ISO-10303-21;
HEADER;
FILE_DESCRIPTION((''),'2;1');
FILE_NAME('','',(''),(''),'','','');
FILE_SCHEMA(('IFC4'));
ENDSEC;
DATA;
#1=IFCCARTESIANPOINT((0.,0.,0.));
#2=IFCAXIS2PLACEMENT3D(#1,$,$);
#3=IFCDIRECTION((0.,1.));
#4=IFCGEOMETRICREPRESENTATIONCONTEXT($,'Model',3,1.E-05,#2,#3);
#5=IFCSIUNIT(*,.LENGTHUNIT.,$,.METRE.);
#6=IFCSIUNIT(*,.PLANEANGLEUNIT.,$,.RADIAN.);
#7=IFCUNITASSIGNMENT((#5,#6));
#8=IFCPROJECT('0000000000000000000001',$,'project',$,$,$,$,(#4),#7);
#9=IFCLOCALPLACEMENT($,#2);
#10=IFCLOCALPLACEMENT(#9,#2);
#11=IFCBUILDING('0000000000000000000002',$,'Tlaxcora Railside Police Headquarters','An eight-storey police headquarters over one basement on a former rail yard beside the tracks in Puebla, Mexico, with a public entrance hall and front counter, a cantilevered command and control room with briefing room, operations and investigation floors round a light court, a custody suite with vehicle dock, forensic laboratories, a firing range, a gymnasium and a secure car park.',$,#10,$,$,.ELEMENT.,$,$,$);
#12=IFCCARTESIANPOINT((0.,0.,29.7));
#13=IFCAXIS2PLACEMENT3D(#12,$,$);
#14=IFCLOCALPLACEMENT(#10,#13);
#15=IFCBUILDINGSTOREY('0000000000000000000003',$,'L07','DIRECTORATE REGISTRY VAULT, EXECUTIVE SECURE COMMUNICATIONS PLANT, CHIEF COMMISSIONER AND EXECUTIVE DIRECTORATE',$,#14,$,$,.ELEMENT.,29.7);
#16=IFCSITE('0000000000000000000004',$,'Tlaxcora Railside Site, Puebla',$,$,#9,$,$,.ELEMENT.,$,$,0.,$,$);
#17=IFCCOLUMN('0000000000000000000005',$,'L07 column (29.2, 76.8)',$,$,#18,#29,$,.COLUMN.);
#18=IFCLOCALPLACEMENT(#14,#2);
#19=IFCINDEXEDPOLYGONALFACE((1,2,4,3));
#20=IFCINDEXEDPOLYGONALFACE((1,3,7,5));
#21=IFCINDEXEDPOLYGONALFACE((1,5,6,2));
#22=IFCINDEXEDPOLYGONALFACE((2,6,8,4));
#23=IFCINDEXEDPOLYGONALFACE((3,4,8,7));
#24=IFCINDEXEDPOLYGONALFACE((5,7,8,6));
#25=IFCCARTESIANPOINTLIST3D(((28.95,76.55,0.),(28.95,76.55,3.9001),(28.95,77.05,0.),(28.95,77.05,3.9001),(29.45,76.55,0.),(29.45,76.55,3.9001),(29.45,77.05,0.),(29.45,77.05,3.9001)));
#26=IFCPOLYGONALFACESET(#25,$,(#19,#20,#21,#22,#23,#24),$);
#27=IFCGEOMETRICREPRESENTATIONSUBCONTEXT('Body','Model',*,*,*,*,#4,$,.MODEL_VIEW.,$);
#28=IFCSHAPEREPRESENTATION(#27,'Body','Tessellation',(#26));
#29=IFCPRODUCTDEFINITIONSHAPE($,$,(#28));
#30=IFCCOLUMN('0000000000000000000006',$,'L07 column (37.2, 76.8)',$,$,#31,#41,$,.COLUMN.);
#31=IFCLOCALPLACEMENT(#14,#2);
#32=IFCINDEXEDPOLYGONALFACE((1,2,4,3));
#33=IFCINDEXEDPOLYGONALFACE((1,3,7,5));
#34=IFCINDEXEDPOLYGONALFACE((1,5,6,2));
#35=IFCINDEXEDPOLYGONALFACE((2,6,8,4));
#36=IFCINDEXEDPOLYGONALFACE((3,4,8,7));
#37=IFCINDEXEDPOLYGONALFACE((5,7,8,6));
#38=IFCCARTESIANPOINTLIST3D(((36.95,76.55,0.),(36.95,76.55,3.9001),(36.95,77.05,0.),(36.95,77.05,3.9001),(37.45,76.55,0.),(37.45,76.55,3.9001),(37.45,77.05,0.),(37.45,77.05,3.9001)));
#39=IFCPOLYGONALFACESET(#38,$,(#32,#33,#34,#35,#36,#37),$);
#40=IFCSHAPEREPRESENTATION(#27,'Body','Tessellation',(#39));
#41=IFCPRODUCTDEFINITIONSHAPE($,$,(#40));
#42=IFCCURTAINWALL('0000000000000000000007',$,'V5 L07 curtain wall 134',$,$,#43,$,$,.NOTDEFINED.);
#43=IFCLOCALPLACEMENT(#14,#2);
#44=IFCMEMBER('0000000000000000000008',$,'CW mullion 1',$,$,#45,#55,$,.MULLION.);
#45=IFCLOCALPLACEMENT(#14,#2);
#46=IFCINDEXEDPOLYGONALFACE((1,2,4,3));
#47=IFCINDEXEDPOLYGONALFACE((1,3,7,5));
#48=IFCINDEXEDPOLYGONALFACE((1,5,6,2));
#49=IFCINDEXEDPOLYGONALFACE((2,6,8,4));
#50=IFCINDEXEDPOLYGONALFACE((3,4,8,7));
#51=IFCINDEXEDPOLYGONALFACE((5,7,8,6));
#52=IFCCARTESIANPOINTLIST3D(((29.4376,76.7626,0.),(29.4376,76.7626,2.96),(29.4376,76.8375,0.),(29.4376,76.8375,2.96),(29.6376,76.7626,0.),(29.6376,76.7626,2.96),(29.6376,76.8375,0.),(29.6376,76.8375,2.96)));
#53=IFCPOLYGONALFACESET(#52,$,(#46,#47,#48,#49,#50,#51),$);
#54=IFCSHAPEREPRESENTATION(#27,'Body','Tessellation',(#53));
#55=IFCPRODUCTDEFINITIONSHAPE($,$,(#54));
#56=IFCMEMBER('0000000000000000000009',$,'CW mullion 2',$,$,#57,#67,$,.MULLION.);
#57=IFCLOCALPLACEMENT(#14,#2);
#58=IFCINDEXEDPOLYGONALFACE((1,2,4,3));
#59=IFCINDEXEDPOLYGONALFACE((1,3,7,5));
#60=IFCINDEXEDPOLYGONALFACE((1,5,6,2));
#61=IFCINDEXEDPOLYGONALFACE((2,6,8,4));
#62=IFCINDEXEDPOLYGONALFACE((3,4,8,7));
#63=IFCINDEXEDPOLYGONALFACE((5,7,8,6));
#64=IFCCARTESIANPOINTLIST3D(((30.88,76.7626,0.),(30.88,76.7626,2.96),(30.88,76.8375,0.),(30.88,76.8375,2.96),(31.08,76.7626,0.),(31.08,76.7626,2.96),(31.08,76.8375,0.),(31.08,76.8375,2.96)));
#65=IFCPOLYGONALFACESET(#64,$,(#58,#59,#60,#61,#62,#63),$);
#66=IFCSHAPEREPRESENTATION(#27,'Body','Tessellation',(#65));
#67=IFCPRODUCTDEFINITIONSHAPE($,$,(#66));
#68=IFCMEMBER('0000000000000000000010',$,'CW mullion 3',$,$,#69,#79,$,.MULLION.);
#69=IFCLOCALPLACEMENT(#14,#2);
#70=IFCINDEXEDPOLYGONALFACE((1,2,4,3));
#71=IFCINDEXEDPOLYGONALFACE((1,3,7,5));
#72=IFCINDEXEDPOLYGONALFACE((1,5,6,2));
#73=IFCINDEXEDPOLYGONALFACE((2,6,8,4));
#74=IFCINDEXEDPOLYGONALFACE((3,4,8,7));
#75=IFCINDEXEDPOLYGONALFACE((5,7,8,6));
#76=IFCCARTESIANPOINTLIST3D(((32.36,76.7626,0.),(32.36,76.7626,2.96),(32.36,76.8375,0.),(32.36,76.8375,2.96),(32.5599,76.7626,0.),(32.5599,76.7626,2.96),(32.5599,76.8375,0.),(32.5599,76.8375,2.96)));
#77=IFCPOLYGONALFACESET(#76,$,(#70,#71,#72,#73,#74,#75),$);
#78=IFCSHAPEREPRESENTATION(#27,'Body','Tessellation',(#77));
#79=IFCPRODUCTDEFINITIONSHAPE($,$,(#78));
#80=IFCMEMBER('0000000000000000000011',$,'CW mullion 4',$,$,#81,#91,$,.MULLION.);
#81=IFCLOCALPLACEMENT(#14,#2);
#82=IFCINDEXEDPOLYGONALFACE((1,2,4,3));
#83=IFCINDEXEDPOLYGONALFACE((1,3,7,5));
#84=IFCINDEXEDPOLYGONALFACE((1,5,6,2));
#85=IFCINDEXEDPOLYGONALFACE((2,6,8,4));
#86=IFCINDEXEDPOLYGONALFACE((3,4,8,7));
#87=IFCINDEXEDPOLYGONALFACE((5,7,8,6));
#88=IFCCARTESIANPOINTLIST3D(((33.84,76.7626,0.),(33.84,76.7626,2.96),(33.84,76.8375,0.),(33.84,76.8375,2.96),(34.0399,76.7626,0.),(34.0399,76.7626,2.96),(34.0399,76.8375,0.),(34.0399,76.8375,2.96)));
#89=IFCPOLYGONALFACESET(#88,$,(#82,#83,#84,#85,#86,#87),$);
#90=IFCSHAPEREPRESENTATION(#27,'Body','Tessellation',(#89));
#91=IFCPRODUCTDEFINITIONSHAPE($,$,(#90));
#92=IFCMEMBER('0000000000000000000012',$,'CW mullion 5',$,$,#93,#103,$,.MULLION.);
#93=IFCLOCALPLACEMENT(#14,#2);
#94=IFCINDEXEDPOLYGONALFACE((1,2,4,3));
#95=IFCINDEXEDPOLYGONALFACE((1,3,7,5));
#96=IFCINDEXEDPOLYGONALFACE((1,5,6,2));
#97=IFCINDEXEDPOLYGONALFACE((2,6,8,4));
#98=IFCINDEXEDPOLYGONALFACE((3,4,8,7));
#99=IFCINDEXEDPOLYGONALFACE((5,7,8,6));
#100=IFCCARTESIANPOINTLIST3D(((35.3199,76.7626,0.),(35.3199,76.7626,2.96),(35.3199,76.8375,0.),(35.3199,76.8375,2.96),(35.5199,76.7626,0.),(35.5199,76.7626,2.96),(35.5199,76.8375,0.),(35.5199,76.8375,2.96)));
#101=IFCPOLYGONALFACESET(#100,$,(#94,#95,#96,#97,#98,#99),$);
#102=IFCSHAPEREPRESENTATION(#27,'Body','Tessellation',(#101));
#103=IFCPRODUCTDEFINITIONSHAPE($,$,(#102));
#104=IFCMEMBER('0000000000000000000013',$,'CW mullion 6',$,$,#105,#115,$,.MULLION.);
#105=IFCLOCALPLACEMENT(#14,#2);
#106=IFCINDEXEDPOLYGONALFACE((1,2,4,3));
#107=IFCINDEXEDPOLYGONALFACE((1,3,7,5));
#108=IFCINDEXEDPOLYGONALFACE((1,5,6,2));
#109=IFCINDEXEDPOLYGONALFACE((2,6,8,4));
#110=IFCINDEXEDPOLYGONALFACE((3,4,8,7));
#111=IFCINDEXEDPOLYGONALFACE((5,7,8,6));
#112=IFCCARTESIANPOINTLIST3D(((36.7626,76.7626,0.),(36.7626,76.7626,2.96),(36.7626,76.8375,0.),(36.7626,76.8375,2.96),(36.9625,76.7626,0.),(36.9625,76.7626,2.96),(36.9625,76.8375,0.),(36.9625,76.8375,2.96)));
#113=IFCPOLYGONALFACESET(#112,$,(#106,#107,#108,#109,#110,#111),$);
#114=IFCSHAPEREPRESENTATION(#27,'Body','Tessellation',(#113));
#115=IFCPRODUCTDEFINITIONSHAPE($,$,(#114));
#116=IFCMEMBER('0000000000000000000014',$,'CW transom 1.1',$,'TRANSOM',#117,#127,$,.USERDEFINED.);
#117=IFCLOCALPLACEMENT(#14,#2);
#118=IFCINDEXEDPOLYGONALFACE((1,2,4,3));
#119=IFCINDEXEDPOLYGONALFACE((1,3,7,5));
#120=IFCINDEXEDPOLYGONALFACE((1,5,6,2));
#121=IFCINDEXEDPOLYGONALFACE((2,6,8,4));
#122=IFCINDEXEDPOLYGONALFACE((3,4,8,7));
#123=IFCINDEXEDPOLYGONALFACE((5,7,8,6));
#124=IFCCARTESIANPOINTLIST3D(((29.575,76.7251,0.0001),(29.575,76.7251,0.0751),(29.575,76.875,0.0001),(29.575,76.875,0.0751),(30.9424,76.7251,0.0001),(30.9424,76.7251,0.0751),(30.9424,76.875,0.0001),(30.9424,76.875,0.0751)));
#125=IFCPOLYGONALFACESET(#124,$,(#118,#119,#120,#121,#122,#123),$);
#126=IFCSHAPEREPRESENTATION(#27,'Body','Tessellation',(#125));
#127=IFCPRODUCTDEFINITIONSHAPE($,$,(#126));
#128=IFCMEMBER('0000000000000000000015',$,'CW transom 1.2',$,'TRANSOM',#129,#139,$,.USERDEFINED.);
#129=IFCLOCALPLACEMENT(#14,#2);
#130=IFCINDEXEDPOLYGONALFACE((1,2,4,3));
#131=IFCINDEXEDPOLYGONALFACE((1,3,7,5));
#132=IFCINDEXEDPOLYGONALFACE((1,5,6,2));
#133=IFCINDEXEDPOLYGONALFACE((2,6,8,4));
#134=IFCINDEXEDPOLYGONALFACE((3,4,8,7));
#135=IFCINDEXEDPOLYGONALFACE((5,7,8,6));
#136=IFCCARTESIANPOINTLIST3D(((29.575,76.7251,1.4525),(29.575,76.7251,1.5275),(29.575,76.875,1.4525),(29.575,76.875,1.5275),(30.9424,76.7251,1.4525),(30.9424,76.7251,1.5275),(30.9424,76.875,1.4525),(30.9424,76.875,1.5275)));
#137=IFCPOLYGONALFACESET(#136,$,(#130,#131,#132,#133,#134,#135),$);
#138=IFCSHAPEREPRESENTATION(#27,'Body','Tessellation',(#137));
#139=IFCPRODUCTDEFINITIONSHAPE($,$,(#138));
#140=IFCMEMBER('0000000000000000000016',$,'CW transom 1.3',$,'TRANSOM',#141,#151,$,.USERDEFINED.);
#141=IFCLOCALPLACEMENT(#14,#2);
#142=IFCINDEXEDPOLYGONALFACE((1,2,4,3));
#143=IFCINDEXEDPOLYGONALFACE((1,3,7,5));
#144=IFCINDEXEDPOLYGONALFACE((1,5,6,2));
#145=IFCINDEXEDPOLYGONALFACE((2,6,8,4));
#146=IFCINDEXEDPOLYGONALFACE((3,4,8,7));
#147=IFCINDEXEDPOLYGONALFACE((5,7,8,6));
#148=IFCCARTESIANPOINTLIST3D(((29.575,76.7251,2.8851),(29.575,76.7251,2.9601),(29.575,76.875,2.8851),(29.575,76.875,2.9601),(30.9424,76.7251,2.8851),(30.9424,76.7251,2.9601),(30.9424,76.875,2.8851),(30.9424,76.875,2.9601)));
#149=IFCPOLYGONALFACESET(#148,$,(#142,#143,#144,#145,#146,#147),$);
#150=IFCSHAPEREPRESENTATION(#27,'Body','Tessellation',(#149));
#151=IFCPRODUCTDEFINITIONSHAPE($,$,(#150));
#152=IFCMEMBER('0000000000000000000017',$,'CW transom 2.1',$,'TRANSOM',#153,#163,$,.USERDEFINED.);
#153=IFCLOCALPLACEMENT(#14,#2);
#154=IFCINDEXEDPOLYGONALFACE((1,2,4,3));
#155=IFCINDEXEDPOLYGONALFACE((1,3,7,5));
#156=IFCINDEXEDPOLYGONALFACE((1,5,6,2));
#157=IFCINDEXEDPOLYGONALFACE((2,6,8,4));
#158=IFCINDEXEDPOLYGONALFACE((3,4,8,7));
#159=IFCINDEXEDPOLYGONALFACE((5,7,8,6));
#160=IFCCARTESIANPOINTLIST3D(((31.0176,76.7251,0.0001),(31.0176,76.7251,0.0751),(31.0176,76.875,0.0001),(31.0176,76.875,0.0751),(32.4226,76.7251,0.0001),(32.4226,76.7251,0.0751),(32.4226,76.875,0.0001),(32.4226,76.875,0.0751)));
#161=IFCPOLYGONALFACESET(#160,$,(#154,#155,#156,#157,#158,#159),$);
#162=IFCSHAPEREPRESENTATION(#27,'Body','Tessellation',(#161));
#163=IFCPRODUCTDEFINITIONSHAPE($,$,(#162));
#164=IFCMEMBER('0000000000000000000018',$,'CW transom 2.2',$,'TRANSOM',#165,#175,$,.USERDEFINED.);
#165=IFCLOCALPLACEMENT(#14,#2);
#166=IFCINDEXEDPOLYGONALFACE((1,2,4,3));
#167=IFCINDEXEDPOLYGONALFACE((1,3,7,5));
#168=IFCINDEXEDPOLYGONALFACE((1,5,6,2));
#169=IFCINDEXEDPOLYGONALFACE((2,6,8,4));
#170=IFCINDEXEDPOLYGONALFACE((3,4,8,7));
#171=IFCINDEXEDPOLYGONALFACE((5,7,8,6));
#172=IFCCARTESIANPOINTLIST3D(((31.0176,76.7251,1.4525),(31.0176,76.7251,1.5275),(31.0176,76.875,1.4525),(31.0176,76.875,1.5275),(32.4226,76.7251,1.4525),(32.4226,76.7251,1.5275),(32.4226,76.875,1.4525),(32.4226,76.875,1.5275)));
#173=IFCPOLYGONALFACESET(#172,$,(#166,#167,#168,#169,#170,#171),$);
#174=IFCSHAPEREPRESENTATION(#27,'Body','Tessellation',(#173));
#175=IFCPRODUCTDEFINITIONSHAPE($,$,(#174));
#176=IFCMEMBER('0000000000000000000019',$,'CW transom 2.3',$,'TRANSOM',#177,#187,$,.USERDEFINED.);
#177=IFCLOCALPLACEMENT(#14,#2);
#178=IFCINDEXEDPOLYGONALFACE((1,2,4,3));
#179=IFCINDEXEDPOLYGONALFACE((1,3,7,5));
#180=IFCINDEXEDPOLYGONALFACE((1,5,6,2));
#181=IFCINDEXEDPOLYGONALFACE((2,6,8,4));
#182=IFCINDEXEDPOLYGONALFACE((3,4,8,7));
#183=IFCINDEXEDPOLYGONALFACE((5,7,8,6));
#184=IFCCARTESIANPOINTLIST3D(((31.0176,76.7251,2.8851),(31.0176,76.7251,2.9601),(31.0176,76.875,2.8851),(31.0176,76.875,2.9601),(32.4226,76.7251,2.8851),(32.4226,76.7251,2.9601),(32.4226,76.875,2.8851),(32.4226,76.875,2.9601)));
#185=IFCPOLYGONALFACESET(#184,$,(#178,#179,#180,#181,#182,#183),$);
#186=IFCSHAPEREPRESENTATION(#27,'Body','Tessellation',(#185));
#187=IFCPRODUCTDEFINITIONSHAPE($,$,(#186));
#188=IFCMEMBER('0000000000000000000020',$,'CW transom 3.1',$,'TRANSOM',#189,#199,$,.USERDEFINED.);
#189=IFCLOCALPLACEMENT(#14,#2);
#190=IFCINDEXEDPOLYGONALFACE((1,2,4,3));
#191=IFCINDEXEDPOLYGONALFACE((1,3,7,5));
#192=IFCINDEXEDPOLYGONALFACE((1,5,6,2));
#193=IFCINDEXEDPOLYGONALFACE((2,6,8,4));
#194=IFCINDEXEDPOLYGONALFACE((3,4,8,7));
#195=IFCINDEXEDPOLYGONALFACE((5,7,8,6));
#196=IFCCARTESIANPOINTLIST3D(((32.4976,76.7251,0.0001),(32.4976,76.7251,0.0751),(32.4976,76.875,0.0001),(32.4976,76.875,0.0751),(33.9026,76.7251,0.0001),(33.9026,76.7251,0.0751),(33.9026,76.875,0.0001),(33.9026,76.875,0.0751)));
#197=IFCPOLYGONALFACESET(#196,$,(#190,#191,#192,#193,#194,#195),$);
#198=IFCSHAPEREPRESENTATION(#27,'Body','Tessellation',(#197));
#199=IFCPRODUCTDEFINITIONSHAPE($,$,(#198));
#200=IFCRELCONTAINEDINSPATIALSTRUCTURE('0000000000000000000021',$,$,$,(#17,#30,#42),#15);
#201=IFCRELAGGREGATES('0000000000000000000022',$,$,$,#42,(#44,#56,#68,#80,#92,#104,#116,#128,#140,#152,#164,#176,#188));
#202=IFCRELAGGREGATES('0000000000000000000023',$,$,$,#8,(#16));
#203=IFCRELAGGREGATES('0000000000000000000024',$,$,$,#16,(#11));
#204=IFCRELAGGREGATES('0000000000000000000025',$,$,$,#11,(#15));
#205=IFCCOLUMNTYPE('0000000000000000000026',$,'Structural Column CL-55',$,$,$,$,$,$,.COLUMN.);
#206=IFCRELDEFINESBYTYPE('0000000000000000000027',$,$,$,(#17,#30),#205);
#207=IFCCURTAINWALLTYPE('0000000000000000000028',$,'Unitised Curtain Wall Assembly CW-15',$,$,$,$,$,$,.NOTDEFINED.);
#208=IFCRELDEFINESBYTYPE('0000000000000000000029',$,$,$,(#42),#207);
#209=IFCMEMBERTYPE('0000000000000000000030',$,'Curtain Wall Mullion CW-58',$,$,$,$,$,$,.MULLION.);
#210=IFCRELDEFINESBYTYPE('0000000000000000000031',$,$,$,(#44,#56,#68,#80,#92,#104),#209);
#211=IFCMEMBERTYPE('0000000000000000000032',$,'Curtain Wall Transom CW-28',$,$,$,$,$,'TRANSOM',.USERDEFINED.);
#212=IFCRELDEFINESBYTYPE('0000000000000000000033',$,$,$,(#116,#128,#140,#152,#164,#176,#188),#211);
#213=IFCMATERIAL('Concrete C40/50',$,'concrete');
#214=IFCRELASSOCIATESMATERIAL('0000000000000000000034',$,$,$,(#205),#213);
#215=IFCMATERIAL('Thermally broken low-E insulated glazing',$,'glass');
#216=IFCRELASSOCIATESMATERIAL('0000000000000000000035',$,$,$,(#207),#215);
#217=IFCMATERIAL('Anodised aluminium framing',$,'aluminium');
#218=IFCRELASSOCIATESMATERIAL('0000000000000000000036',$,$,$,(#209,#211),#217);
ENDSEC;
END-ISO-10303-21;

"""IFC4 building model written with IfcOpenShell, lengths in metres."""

from ifc_helpers import new_model, si_unit, direction, frame, origin, origin_2d, place, context, subcontext, project, spatial, rectangle, extrude, material, material_profile, profile_set, type_object, element, aggregate, save


model = new_model("IFC4")

# Units and contexts
model_context = context("Model", 3, precision=1e-05, world=origin(), true_north=direction((0.0, 1.0)))
body_context = subcontext(model_context, "Body", "Model", "MODEL_VIEW")
ifc_project = project(units=[si_unit("LENGTHUNIT", "METRE"), si_unit("PLANEANGLEUNIT", "RADIAN")], contexts=[model_context])

# Site, building, storey
site_placement = place(None, origin())
site = spatial("IfcSite", under=ifc_project, at=site_placement, Name="Tlaxcora Railside Site, Puebla", CompositionType="ELEMENT", RefElevation=0.0)
building_placement = place(site_placement, origin())
building = spatial("IfcBuilding", under=site, at=building_placement, Name="Tlaxcora Railside Police Headquarters", Description="An eight-storey police headquarters over one basement on a former rail yard beside the tracks in Puebla, Mexico, with a public entrance hall and front counter, a cantilevered command and control room with briefing room, operations and investigation floors round a light court, a custody suite with vehicle dock, forensic laboratories, a firing range, a gymnasium and a secure car park.", CompositionType="ELEMENT")
storey_placement = place(building_placement, frame((0.0, 0.0, 29.7)))
storey = spatial("IfcBuildingStorey", under=building, at=storey_placement, Name="L07", Description="DIRECTORATE REGISTRY VAULT, EXECUTIVE SECURE COMMUNICATIONS PLANT, CHIEF COMMISSIONER AND EXECUTIVE DIRECTORATE", CompositionType="ELEMENT", Elevation=29.7)

# Columns
ifc_material_1 = material(Name="Concrete C40/50", Category="concrete")
ifc_material_profile_1 = material_profile(ifc_material_1, rectangle(XDim=0.5, YDim=0.5, at=origin_2d()), Name="RC500X500")
ifc_profile_set_1 = profile_set([ifc_material_profile_1], Name="Concrete C40/50")
column_type = type_object("IfcColumnType", Name="Structural Column CL-55", PredefinedType="COLUMN", material=ifc_profile_set_1)
for number, where, z_axis, x_axis, name in (
    (1, (29.2, 76.8, 0.0), (0.0, 0.0, 1.0), (1.0, 0.0, 0.0), "L07 column (29.2, 76.8)"),
    (2, (37.2, 76.8, 0.0), (0.0, 0.0, 1.0), (1.0, 0.0, 0.0), "L07 column (37.2, 76.8)"),
):
    element("IfcColumn", number, at=place(storey_placement, frame(where, z_axis=z_axis, x_axis=x_axis)), inside=storey, type_object=column_type, Name=name, PredefinedType="COLUMN", context=body_context, shape_type="SweptSolid", body=[
        extrude(rectangle(XDim=0.5, YDim=0.5, at=origin_2d()), origin(), (0.0, 0.0, 1.0), 3.9001),
    ])

# Curtain wall, members
ifc_material_2 = material(Name="Thermally broken low-E insulated glazing", Category="glass")
curtain_wall_type = type_object("IfcCurtainWallType", Name="Unitised Curtain Wall Assembly CW-15", PredefinedType="NOTDEFINED", material=ifc_material_2)
curtain_wall_placement = place(storey_placement, origin())
curtain_wall = element("IfcCurtainWall", 3, at=curtain_wall_placement, inside=storey, type_object=curtain_wall_type, Name="V5 L07 curtain wall 134", PredefinedType="NOTDEFINED")
ifc_material_3 = material(Name="Anodised aluminium framing", Category="aluminium")
ifc_material_profile_2 = material_profile(ifc_material_3, rectangle(XDim=0.075, YDim=0.2, at=origin_2d()), Name="AL75X200")
ifc_profile_set_2 = profile_set([ifc_material_profile_2], Name="Anodised aluminium framing")
member_type_1 = type_object("IfcMemberType", Name="Curtain Wall Mullion CW-58", PredefinedType="MULLION", material=ifc_profile_set_2)
member_1_placement = place(storey_placement, frame((29.5376, 76.8, 0.0), z_axis=(0.0, 0.0, 1.0), x_axis=(0.0, 1.0, 0.0)))
member_1 = element("IfcMember", 4, at=member_1_placement, type_object=member_type_1, Name="CW mullion 1", PredefinedType="MULLION", context=body_context, shape_type="SweptSolid", body=[
    extrude(rectangle(XDim=0.075, YDim=0.2, at=origin_2d()), origin(), (0.0, 0.0, 1.0), 2.96),
])
member_2_placement = place(storey_placement, frame((30.98, 76.8, 0.0), z_axis=(0.0, 0.0, 1.0), x_axis=(0.0, 1.0, 0.0)))
member_2 = element("IfcMember", 5, at=member_2_placement, type_object=member_type_1, Name="CW mullion 2", PredefinedType="MULLION", context=body_context, shape_type="SweptSolid", body=[
    extrude(rectangle(XDim=0.075, YDim=0.2, at=origin_2d()), origin(), (0.0, 0.0, 1.0), 2.96),
])
member_3_placement = place(storey_placement, frame((32.46, 76.8, 0.0), z_axis=(0.0, 0.0, 1.0), x_axis=(0.0, 1.0, 0.0)))
member_3 = element("IfcMember", 6, at=member_3_placement, type_object=member_type_1, Name="CW mullion 3", PredefinedType="MULLION", context=body_context, shape_type="SweptSolid", body=[
    extrude(rectangle(XDim=0.075, YDim=0.2, at=origin_2d()), origin(), (0.0, 0.0, 1.0), 2.96),
])
member_4_placement = place(storey_placement, frame((33.9399, 76.8, 0.0), z_axis=(0.0, 0.0, 1.0), x_axis=(0.0, 1.0, 0.0)))
member_4 = element("IfcMember", 7, at=member_4_placement, type_object=member_type_1, Name="CW mullion 4", PredefinedType="MULLION", context=body_context, shape_type="SweptSolid", body=[
    extrude(rectangle(XDim=0.075, YDim=0.2, at=origin_2d()), origin(), (0.0, 0.0, 1.0), 2.96),
])
member_5_placement = place(storey_placement, frame((35.4199, 76.8, 0.0), z_axis=(0.0, 0.0, 1.0), x_axis=(0.0, 1.0, 0.0)))
member_5 = element("IfcMember", 8, at=member_5_placement, type_object=member_type_1, Name="CW mullion 5", PredefinedType="MULLION", context=body_context, shape_type="SweptSolid", body=[
    extrude(rectangle(XDim=0.075, YDim=0.2, at=origin_2d()), origin(), (0.0, 0.0, 1.0), 2.96),
])
member_6_placement = place(storey_placement, frame((36.8625, 76.8, 0.0), z_axis=(0.0, 0.0, 1.0), x_axis=(0.0, 1.0, 0.0)))
member_6 = element("IfcMember", 9, at=member_6_placement, type_object=member_type_1, Name="CW mullion 6", PredefinedType="MULLION", context=body_context, shape_type="SweptSolid", body=[
    extrude(rectangle(XDim=0.075, YDim=0.2, at=origin_2d()), origin(), (0.0, 0.0, 1.0), 2.96),
])
ifc_material_profile_3 = material_profile(ifc_material_3, rectangle(XDim=0.1499, YDim=0.075, at=origin_2d()), Name="AL75X150")
ifc_profile_set_3 = profile_set([ifc_material_profile_3], Name="Anodised aluminium framing")
member_type_2 = type_object("IfcMemberType", Name="Curtain Wall Transom CW-28", ElementType="TRANSOM", PredefinedType="USERDEFINED", material=ifc_profile_set_3)
member_7_placement = place(storey_placement, frame((29.575, 76.8, 0.0376), z_axis=(1.0, 0.0, 0.0), x_axis=(0.0, 1.0, 0.0)))
member_7 = element("IfcMember", 10, at=member_7_placement, type_object=member_type_2, Name="CW transom 1.1", ObjectType="TRANSOM", PredefinedType="USERDEFINED", context=body_context, shape_type="SweptSolid", body=[
    extrude(rectangle(XDim=0.1499, YDim=0.075, at=origin_2d()), origin(), (0.0, 0.0, 1.0), 1.3674),
])
member_8_placement = place(storey_placement, frame((29.575, 76.8, 1.49), z_axis=(1.0, 0.0, 0.0), x_axis=(0.0, 1.0, 0.0)))
member_8 = element("IfcMember", 11, at=member_8_placement, type_object=member_type_2, Name="CW transom 1.2", ObjectType="TRANSOM", PredefinedType="USERDEFINED", context=body_context, shape_type="SweptSolid", body=[
    extrude(rectangle(XDim=0.1499, YDim=0.075, at=origin_2d()), origin(), (0.0, 0.0, 1.0), 1.3674),
])
member_9_placement = place(storey_placement, frame((29.575, 76.8, 2.9226), z_axis=(1.0, 0.0, 0.0), x_axis=(0.0, 1.0, 0.0)))
member_9 = element("IfcMember", 12, at=member_9_placement, type_object=member_type_2, Name="CW transom 1.3", ObjectType="TRANSOM", PredefinedType="USERDEFINED", context=body_context, shape_type="SweptSolid", body=[
    extrude(rectangle(XDim=0.1499, YDim=0.075, at=origin_2d()), origin(), (0.0, 0.0, 1.0), 1.3674),
])
member_10_placement = place(storey_placement, frame((31.0176, 76.8, 0.0376), z_axis=(1.0, 0.0, 0.0), x_axis=(0.0, 1.0, 0.0)))
member_10 = element("IfcMember", 13, at=member_10_placement, type_object=member_type_2, Name="CW transom 2.1", ObjectType="TRANSOM", PredefinedType="USERDEFINED", context=body_context, shape_type="SweptSolid", body=[
    extrude(rectangle(XDim=0.1499, YDim=0.075, at=origin_2d()), origin(), (0.0, 0.0, 1.0), 1.405),
])
member_11_placement = place(storey_placement, frame((31.0176, 76.8, 1.49), z_axis=(1.0, 0.0, 0.0), x_axis=(0.0, 1.0, 0.0)))
member_11 = element("IfcMember", 14, at=member_11_placement, type_object=member_type_2, Name="CW transom 2.2", ObjectType="TRANSOM", PredefinedType="USERDEFINED", context=body_context, shape_type="SweptSolid", body=[
    extrude(rectangle(XDim=0.1499, YDim=0.075, at=origin_2d()), origin(), (0.0, 0.0, 1.0), 1.405),
])
member_12_placement = place(storey_placement, frame((31.0176, 76.8, 2.9226), z_axis=(1.0, 0.0, 0.0), x_axis=(0.0, 1.0, 0.0)))
member_12 = element("IfcMember", 15, at=member_12_placement, type_object=member_type_2, Name="CW transom 2.3", ObjectType="TRANSOM", PredefinedType="USERDEFINED", context=body_context, shape_type="SweptSolid", body=[
    extrude(rectangle(XDim=0.1499, YDim=0.075, at=origin_2d()), origin(), (0.0, 0.0, 1.0), 1.405),
])
member_13_placement = place(storey_placement, frame((32.4976, 76.8, 0.0376), z_axis=(1.0, 0.0, 0.0), x_axis=(0.0, 1.0, 0.0)))
member_13 = element("IfcMember", 16, at=member_13_placement, type_object=member_type_2, Name="CW transom 3.1", ObjectType="TRANSOM", PredefinedType="USERDEFINED", context=body_context, shape_type="SweptSolid", body=[
    extrude(rectangle(XDim=0.1499, YDim=0.075, at=origin_2d()), origin(), (0.0, 0.0, 1.0), 1.405),
])

aggregate(curtain_wall, [member_1, member_2, member_3, member_4, member_5, member_6, member_7, member_8, member_9, member_10, member_11, member_12, member_13])

save(model, "model.ifc")
